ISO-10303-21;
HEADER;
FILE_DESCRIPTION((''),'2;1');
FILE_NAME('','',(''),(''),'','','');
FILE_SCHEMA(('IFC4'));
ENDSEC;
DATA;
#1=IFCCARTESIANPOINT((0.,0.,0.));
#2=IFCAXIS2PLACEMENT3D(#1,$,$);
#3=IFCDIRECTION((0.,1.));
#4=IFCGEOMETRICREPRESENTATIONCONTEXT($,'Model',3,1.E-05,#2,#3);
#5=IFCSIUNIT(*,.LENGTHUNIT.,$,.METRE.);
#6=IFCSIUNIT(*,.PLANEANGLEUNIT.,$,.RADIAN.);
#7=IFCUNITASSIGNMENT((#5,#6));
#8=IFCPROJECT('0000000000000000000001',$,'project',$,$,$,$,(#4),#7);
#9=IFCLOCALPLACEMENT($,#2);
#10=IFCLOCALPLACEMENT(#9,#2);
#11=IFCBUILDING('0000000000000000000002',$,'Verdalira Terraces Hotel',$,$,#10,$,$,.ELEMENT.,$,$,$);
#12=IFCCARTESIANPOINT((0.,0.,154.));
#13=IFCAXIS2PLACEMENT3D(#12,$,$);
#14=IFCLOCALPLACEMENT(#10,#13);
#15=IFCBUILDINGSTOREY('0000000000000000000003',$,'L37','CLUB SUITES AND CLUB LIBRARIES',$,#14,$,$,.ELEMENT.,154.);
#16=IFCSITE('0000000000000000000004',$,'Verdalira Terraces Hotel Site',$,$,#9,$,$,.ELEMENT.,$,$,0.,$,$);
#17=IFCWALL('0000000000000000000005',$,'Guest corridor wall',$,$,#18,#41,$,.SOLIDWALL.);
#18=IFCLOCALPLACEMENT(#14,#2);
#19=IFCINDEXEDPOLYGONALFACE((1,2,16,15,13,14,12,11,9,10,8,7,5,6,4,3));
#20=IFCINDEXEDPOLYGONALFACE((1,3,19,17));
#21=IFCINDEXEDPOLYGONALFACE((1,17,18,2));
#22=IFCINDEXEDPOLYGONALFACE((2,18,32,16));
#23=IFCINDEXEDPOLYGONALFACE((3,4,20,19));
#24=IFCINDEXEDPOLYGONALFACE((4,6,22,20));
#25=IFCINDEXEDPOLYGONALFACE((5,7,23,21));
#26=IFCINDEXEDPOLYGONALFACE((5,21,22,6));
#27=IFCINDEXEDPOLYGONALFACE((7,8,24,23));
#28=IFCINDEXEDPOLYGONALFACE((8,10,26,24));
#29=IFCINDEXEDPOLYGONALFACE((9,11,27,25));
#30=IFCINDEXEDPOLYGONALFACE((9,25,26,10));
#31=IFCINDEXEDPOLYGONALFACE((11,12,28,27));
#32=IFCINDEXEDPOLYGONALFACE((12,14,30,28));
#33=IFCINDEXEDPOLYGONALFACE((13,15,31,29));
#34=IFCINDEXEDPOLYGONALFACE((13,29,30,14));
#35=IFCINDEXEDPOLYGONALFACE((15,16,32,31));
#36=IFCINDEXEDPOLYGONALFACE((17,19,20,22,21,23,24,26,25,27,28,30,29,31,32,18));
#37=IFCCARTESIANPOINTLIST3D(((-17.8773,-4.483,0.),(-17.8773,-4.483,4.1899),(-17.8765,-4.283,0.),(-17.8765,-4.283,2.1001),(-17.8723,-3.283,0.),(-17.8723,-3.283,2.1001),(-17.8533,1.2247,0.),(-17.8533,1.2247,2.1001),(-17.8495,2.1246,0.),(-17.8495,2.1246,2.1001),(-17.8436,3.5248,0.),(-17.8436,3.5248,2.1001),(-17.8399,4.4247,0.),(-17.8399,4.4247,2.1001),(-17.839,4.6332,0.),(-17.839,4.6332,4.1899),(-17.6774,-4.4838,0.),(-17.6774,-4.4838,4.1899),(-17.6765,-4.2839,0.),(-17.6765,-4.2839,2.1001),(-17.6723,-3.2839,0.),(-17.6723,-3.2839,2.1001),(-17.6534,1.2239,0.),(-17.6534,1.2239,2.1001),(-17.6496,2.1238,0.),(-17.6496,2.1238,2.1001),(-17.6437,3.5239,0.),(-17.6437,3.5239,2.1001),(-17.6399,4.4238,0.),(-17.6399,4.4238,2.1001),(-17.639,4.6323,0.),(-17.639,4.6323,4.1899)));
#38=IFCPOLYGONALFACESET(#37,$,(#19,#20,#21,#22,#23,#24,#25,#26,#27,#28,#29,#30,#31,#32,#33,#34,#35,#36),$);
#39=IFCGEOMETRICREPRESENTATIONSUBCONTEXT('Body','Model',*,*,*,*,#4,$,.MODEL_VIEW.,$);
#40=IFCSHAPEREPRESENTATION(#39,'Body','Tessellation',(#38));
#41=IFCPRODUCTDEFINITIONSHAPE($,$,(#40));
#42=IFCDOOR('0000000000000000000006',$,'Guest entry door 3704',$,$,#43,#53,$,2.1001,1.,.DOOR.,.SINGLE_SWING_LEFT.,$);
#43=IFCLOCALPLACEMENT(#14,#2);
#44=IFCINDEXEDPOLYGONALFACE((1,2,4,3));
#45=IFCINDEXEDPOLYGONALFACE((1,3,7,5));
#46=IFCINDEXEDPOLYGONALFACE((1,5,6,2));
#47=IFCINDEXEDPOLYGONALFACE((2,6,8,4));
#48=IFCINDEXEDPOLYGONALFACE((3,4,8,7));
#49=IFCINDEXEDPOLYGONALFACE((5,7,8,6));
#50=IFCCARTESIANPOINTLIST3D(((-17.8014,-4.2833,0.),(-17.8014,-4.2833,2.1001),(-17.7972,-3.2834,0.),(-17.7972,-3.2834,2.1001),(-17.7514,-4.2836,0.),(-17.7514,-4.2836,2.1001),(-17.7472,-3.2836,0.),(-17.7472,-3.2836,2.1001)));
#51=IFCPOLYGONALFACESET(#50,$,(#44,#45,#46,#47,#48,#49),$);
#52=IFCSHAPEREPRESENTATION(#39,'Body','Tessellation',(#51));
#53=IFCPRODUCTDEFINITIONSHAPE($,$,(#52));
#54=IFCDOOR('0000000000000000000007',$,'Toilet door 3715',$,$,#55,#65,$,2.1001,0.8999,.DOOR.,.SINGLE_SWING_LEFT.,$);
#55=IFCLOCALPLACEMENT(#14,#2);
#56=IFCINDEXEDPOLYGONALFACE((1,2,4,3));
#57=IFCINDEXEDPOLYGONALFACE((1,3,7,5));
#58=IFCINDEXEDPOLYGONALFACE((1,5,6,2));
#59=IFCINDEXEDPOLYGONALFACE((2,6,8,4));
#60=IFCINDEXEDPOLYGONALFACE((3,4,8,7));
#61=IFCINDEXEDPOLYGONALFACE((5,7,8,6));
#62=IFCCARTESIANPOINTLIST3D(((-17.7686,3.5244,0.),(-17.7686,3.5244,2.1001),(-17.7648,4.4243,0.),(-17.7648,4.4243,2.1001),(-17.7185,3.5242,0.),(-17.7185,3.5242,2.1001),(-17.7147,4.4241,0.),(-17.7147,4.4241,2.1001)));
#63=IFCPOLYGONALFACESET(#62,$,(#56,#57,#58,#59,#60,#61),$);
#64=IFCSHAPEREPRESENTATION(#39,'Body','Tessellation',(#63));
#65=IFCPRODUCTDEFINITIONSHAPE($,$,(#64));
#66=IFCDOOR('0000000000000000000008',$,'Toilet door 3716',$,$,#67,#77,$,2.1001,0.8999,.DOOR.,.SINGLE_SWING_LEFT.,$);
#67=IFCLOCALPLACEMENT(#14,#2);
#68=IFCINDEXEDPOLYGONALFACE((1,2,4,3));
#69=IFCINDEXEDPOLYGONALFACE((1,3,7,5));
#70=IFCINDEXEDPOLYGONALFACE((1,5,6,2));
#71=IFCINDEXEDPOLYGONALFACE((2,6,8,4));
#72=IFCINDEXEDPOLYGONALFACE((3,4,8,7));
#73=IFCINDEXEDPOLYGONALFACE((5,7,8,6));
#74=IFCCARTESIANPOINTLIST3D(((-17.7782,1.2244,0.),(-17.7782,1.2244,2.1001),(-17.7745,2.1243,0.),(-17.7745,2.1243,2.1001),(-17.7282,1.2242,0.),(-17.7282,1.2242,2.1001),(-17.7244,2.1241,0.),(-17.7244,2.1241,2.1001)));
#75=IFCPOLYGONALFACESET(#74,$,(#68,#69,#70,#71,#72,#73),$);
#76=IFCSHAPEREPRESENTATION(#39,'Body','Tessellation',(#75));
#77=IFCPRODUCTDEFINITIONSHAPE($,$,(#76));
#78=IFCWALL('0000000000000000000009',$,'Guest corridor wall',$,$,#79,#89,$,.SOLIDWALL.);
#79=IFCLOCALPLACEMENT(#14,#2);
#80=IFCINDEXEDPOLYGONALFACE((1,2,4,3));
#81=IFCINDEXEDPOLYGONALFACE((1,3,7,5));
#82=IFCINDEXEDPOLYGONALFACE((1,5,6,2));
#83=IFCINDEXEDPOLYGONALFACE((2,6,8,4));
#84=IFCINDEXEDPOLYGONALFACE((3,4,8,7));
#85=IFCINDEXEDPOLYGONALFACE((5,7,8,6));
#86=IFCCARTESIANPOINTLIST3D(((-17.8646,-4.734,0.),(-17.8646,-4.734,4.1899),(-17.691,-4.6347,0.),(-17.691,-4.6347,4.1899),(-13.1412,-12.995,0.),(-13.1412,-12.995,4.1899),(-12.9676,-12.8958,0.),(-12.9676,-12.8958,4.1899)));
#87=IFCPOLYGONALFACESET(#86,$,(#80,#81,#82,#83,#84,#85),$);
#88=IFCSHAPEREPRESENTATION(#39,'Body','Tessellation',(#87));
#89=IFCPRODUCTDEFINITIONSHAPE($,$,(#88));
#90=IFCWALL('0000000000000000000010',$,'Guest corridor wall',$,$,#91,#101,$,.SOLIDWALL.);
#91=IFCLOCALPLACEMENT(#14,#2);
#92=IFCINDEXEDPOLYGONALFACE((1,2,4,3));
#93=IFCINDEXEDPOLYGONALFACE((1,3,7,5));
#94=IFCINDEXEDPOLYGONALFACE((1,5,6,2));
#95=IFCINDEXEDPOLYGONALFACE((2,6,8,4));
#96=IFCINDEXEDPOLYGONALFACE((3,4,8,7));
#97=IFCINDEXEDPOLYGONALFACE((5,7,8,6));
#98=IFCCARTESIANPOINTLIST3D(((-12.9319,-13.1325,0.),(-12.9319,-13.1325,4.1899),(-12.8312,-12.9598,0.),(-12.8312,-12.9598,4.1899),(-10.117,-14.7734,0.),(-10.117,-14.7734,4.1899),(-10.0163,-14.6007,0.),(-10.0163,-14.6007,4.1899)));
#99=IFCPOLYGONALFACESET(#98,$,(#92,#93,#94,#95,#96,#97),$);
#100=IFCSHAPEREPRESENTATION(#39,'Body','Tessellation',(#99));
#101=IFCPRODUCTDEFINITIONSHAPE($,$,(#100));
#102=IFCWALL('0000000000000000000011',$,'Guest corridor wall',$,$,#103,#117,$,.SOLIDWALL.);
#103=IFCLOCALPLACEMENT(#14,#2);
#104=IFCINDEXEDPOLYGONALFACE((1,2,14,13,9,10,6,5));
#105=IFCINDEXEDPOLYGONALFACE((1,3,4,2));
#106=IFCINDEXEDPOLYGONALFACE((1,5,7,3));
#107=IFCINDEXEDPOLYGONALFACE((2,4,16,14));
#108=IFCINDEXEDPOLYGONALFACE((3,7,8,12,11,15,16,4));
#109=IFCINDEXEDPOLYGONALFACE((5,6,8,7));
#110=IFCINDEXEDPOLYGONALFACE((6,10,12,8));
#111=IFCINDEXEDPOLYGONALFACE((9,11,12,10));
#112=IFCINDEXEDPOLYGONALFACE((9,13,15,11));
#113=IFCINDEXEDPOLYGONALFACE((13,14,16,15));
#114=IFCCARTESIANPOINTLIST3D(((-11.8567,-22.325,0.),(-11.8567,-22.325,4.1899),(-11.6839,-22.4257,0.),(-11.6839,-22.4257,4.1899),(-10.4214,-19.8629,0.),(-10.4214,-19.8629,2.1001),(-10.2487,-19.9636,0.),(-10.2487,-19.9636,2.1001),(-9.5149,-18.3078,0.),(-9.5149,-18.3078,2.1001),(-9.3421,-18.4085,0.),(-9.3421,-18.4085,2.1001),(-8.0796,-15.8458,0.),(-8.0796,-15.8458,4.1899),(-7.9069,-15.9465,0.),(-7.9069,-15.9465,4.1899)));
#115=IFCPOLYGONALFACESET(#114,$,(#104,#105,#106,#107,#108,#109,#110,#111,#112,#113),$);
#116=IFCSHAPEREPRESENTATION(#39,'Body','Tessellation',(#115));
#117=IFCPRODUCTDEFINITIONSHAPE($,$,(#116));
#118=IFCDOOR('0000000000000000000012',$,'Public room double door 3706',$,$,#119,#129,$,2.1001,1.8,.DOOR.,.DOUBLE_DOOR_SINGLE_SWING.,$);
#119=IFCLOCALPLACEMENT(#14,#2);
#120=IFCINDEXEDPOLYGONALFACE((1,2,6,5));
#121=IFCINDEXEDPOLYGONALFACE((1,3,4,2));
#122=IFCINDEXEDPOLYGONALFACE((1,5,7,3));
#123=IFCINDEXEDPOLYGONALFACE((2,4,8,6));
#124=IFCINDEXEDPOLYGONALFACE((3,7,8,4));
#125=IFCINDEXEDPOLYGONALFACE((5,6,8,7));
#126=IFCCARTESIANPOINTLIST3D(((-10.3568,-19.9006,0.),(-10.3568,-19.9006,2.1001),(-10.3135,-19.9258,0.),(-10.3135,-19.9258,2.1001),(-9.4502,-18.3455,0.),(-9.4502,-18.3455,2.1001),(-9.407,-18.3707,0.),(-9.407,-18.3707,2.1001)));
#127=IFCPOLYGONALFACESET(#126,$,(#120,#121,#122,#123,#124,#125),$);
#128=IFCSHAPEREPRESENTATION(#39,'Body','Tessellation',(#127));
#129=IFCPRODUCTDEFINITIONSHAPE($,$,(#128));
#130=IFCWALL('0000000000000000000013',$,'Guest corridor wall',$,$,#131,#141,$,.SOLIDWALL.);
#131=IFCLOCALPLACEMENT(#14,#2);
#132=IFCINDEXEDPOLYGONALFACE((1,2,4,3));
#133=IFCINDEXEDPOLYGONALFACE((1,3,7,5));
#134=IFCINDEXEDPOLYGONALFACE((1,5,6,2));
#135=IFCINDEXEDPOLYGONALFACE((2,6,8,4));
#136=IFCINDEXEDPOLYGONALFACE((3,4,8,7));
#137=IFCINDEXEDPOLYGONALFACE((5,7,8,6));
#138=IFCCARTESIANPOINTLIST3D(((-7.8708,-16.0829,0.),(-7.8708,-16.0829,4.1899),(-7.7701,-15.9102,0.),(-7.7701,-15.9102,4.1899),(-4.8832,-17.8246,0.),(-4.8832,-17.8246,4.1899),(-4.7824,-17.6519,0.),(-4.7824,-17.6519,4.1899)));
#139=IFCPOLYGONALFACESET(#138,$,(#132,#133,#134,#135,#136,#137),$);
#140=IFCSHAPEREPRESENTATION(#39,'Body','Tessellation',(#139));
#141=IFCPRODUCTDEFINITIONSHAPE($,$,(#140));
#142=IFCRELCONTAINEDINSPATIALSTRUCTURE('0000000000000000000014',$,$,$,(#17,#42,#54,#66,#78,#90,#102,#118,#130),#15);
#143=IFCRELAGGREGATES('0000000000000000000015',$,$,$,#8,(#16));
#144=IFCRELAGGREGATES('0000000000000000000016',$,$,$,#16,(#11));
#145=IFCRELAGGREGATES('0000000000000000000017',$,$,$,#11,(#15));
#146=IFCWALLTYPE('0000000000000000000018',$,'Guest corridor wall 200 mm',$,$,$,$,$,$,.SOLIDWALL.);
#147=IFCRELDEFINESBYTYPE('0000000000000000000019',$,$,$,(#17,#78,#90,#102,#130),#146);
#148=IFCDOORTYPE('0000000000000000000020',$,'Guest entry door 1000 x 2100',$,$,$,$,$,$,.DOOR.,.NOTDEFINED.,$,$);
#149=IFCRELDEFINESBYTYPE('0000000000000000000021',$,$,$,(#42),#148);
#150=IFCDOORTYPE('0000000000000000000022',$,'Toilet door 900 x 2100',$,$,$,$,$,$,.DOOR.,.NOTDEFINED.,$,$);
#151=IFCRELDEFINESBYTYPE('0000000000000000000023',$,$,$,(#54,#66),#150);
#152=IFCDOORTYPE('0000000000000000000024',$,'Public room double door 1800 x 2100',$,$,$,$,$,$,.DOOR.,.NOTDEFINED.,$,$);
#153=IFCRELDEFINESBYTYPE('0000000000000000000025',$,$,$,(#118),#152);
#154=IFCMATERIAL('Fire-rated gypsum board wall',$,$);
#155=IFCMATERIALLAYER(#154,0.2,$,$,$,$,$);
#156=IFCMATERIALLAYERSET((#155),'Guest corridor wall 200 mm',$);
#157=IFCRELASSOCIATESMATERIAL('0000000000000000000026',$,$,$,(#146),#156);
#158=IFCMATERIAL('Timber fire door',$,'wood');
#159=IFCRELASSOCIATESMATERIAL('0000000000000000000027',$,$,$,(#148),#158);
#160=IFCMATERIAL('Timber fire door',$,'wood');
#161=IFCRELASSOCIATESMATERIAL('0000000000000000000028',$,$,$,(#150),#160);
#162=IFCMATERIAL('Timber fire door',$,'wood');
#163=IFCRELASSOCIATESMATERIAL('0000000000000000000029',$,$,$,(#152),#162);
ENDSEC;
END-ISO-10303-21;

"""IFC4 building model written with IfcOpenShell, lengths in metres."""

from ifc_helpers import new_model, si_unit, direction, frame, frame_2d, origin, place, context, subcontext, project, spatial, rectangle, extrude, material, layer, layer_set, type_object, element, fill, save


model = new_model("IFC4")

# Units and contexts
model_context = context("Model", 3, precision=1e-05, world=origin(), true_north=direction((0.0, 1.0)))
body_context = subcontext(model_context, "Body", "Model", "MODEL_VIEW")
ifc_project = project(units=[si_unit("LENGTHUNIT", "METRE"), si_unit("PLANEANGLEUNIT", "RADIAN")], contexts=[model_context])

# Site, building, storey
site_placement = place(None, origin())
site = spatial("IfcSite", under=ifc_project, at=site_placement, Name="Verdalira Terraces Hotel Site", CompositionType="ELEMENT", RefElevation=0.0)
building_placement = place(site_placement, origin())
building = spatial("IfcBuilding", under=site, at=building_placement, Name="Verdalira Terraces Hotel", CompositionType="ELEMENT")
storey_placement = place(building_placement, frame((0.0, 0.0, 154.0)))
storey = spatial("IfcBuildingStorey", under=building, at=storey_placement, Name="L37", Description="CLUB SUITES AND CLUB LIBRARIES", CompositionType="ELEMENT", Elevation=154.0)

# Wall, openings, doors
ifc_material_1 = material(Name="Fire-rated gypsum board wall")
ifc_layer_1 = layer(ifc_material_1, 0.2)
ifc_layer_set_1 = layer_set([ifc_layer_1], Name="Guest corridor wall 200 mm")
wall_type_1 = type_object("IfcWallType", Name="Guest corridor wall 200 mm", PredefinedType="SOLIDWALL", material=ifc_layer_set_1)
wall_1_placement = place(storey_placement, frame((-17.7773, -4.4834, 0.0), z_axis=(0.0, 0.0, 1.0), x_axis=(0.004205, 0.999991, 0.0)))
wall_1 = element("IfcWall", 1, at=wall_1_placement, inside=storey, type_object=wall_type_1, Name="Guest corridor wall", PredefinedType="SOLIDWALL", context=body_context, shape_type="SweptSolid", body=[
    extrude(rectangle(XDim=9.1162, YDim=0.2, at=frame_2d((4.5581, 0.0))), origin(), (0.0, 0.0, 1.0), 4.1899),
])
opening_1_placement = place(wall_1_placement, frame((0.2, 0.0, 0.0)))
opening_1 = element("IfcOpeningElement", 2, at=opening_1_placement, cuts=wall_1, PredefinedType="OPENING", context=body_context, shape_type="SweptSolid", body=[
    extrude(rectangle(XDim=1.0, YDim=2.1001, at=frame_2d((0.5, 1.05))), frame((0.0, 0.1099, 0.0), z_axis=(0.0, -1.0, 0.0), x_axis=(1.0, 0.0, 0.0)), (0.0, 0.0, 1.0), 0.22),
])
opening_2_placement = place(wall_1_placement, frame((8.0078, 0.0, 0.0)))
opening_2 = element("IfcOpeningElement", 3, at=opening_2_placement, cuts=wall_1, PredefinedType="OPENING", context=body_context, shape_type="SweptSolid", body=[
    extrude(rectangle(XDim=0.8999, YDim=2.1001, at=frame_2d((0.45, 1.05))), frame((0.0, 0.1099, 0.0), z_axis=(0.0, -1.0, 0.0), x_axis=(1.0, 0.0, 0.0)), (0.0, 0.0, 1.0), 0.22),
])
opening_3_placement = place(wall_1_placement, frame((5.7078, 0.0, 0.0)))
opening_3 = element("IfcOpeningElement", 4, at=opening_3_placement, cuts=wall_1, PredefinedType="OPENING", context=body_context, shape_type="SweptSolid", body=[
    extrude(rectangle(XDim=0.8999, YDim=2.1001, at=frame_2d((0.45, 1.05))), frame((0.0, 0.1099, 0.0), z_axis=(0.0, -1.0, 0.0), x_axis=(1.0, 0.0, 0.0)), (0.0, 0.0, 1.0), 0.22),
])
ifc_material_2 = material(Name="Timber fire door", Category="wood")
door_type_1 = type_object("IfcDoorType", Name="Guest entry door 1000 x 2100", OperationType="NOTDEFINED", PredefinedType="DOOR", material=ifc_material_2)
door_1_placement = place(opening_1_placement, origin())
door_1 = element("IfcDoor", 5, at=door_1_placement, inside=storey, type_object=door_type_1, Name="Guest entry door 3704", OperationType="SINGLE_SWING_LEFT", OverallHeight=2.1001, OverallWidth=1.0, PredefinedType="DOOR", context=body_context, shape_type="SweptSolid", body=[
    extrude(rectangle(XDim=1.0, YDim=2.1001, at=frame_2d((0.5, 1.05))), frame((0.0, 0.0249, 0.0), z_axis=(0.0, -1.0, 0.0), x_axis=(1.0, 0.0, 0.0)), (0.0, 0.0, 1.0), 0.05),
])
fill(opening_1, door_1)
ifc_material_3 = material(Name="Timber fire door", Category="wood")
door_type_2 = type_object("IfcDoorType", Name="Toilet door 900 x 2100", OperationType="NOTDEFINED", PredefinedType="DOOR", material=ifc_material_3)
door_2_placement = place(opening_2_placement, origin())
door_2 = element("IfcDoor", 6, at=door_2_placement, inside=storey, type_object=door_type_2, Name="Toilet door 3715", OperationType="SINGLE_SWING_LEFT", OverallHeight=2.1001, OverallWidth=0.8999, PredefinedType="DOOR", context=body_context, shape_type="SweptSolid", body=[
    extrude(rectangle(XDim=0.8999, YDim=2.1001, at=frame_2d((0.45, 1.05))), frame((0.0, 0.0249, 0.0), z_axis=(0.0, -1.0, 0.0), x_axis=(1.0, 0.0, 0.0)), (0.0, 0.0, 1.0), 0.05),
])
fill(opening_2, door_2)
door_3_placement = place(opening_3_placement, origin())
door_3 = element("IfcDoor", 7, at=door_3_placement, inside=storey, type_object=door_type_2, Name="Toilet door 3716", OperationType="SINGLE_SWING_LEFT", OverallHeight=2.1001, OverallWidth=0.8999, PredefinedType="DOOR", context=body_context, shape_type="SweptSolid", body=[
    extrude(rectangle(XDim=0.8999, YDim=2.1001, at=frame_2d((0.45, 1.05))), frame((0.0, 0.0249, 0.0), z_axis=(0.0, -1.0, 0.0), x_axis=(1.0, 0.0, 0.0)), (0.0, 0.0, 1.0), 0.05),
])
fill(opening_3, door_3)

# Walls
wall_2_placement = place(storey_placement, frame((-17.7778, -4.6843, 0.0), z_axis=(0.0, 0.0, 1.0), x_axis=(0.496363, -0.868115, 0.0)))
element("IfcWall", 8, at=wall_2_placement, inside=storey, type_object=wall_type_1, Name="Guest corridor wall", PredefinedType="SOLIDWALL", context=body_context, shape_type="SweptSolid", body=[
    extrude(rectangle(XDim=9.5161, YDim=0.2, at=frame_2d((4.7581, 0.0))), origin(), (0.0, 0.0, 1.0), 4.1899),
])
wall_3_placement = place(storey_placement, frame((-12.8816, -13.0461, 0.0), z_axis=(0.0, 0.0, 1.0), x_axis=(0.863936, -0.503601, 0.0)))
element("IfcWall", 9, at=wall_3_placement, inside=storey, type_object=wall_type_1, Name="Guest corridor wall", PredefinedType="SOLIDWALL", context=body_context, shape_type="SweptSolid", body=[
    extrude(rectangle(XDim=3.2583, YDim=0.2, at=frame_2d((1.6292, 0.0))), origin(), (0.0, 0.0, 1.0), 4.1899),
])

# Wall, opening, door
wall_4_placement = place(storey_placement, frame((-7.9932, -15.896, 0.0), z_axis=(0.0, 0.0, 1.0), x_axis=(-0.503626, -0.863922, 0.0)))
wall_4 = element("IfcWall", 10, at=wall_4_placement, inside=storey, type_object=wall_type_1, Name="Guest corridor wall", PredefinedType="SOLIDWALL", context=body_context, shape_type="SweptSolid", body=[
    extrude(rectangle(XDim=7.4998, YDim=0.2, at=frame_2d((3.75, 0.0))), origin(), (0.0, 0.0, 1.0), 4.1899),
])
opening_4_placement = place(wall_4_placement, frame((2.8501, 0.0, 0.0)))
opening_4 = element("IfcOpeningElement", 11, at=opening_4_placement, cuts=wall_4, PredefinedType="OPENING", context=body_context, shape_type="SweptSolid", body=[
    extrude(rectangle(XDim=1.8, YDim=2.1001, at=frame_2d((0.8999, 1.05))), frame((0.0, 0.1099, 0.0), z_axis=(0.0, -1.0, 0.0), x_axis=(1.0, 0.0, 0.0)), (0.0, 0.0, 1.0), 0.22),
])
ifc_material_4 = material(Name="Timber fire door", Category="wood")
door_type_3 = type_object("IfcDoorType", Name="Public room double door 1800 x 2100", OperationType="NOTDEFINED", PredefinedType="DOOR", material=ifc_material_4)
door_4_placement = place(opening_4_placement, origin())
door_4 = element("IfcDoor", 12, at=door_4_placement, inside=storey, type_object=door_type_3, Name="Public room double door 3706", OperationType="DOUBLE_DOOR_SINGLE_SWING", OverallHeight=2.1001, OverallWidth=1.8, PredefinedType="DOOR", context=body_context, shape_type="SweptSolid", body=[
    extrude(rectangle(XDim=1.8, YDim=2.1001, at=frame_2d((0.8999, 1.05))), frame((0.0, 0.0249, 0.0), z_axis=(0.0, -1.0, 0.0), x_axis=(1.0, 0.0, 0.0)), (0.0, 0.0, 1.0), 0.05),
])
fill(opening_4, door_4)

# Wall
wall_5_placement = place(storey_placement, frame((-7.8203, -15.9966, 0.0), z_axis=(0.0, 0.0, 1.0), x_axis=(0.863909, -0.503647, 0.0)))
element("IfcWall", 13, at=wall_5_placement, inside=storey, type_object=wall_type_1, Name="Guest corridor wall", PredefinedType="SOLIDWALL", context=body_context, shape_type="SweptSolid", body=[
    extrude(rectangle(XDim=3.4583, YDim=0.2, at=frame_2d((1.729, 0.0))), origin(), (0.0, 0.0, 1.0), 4.1899),
])

save(model, "model.ifc")
